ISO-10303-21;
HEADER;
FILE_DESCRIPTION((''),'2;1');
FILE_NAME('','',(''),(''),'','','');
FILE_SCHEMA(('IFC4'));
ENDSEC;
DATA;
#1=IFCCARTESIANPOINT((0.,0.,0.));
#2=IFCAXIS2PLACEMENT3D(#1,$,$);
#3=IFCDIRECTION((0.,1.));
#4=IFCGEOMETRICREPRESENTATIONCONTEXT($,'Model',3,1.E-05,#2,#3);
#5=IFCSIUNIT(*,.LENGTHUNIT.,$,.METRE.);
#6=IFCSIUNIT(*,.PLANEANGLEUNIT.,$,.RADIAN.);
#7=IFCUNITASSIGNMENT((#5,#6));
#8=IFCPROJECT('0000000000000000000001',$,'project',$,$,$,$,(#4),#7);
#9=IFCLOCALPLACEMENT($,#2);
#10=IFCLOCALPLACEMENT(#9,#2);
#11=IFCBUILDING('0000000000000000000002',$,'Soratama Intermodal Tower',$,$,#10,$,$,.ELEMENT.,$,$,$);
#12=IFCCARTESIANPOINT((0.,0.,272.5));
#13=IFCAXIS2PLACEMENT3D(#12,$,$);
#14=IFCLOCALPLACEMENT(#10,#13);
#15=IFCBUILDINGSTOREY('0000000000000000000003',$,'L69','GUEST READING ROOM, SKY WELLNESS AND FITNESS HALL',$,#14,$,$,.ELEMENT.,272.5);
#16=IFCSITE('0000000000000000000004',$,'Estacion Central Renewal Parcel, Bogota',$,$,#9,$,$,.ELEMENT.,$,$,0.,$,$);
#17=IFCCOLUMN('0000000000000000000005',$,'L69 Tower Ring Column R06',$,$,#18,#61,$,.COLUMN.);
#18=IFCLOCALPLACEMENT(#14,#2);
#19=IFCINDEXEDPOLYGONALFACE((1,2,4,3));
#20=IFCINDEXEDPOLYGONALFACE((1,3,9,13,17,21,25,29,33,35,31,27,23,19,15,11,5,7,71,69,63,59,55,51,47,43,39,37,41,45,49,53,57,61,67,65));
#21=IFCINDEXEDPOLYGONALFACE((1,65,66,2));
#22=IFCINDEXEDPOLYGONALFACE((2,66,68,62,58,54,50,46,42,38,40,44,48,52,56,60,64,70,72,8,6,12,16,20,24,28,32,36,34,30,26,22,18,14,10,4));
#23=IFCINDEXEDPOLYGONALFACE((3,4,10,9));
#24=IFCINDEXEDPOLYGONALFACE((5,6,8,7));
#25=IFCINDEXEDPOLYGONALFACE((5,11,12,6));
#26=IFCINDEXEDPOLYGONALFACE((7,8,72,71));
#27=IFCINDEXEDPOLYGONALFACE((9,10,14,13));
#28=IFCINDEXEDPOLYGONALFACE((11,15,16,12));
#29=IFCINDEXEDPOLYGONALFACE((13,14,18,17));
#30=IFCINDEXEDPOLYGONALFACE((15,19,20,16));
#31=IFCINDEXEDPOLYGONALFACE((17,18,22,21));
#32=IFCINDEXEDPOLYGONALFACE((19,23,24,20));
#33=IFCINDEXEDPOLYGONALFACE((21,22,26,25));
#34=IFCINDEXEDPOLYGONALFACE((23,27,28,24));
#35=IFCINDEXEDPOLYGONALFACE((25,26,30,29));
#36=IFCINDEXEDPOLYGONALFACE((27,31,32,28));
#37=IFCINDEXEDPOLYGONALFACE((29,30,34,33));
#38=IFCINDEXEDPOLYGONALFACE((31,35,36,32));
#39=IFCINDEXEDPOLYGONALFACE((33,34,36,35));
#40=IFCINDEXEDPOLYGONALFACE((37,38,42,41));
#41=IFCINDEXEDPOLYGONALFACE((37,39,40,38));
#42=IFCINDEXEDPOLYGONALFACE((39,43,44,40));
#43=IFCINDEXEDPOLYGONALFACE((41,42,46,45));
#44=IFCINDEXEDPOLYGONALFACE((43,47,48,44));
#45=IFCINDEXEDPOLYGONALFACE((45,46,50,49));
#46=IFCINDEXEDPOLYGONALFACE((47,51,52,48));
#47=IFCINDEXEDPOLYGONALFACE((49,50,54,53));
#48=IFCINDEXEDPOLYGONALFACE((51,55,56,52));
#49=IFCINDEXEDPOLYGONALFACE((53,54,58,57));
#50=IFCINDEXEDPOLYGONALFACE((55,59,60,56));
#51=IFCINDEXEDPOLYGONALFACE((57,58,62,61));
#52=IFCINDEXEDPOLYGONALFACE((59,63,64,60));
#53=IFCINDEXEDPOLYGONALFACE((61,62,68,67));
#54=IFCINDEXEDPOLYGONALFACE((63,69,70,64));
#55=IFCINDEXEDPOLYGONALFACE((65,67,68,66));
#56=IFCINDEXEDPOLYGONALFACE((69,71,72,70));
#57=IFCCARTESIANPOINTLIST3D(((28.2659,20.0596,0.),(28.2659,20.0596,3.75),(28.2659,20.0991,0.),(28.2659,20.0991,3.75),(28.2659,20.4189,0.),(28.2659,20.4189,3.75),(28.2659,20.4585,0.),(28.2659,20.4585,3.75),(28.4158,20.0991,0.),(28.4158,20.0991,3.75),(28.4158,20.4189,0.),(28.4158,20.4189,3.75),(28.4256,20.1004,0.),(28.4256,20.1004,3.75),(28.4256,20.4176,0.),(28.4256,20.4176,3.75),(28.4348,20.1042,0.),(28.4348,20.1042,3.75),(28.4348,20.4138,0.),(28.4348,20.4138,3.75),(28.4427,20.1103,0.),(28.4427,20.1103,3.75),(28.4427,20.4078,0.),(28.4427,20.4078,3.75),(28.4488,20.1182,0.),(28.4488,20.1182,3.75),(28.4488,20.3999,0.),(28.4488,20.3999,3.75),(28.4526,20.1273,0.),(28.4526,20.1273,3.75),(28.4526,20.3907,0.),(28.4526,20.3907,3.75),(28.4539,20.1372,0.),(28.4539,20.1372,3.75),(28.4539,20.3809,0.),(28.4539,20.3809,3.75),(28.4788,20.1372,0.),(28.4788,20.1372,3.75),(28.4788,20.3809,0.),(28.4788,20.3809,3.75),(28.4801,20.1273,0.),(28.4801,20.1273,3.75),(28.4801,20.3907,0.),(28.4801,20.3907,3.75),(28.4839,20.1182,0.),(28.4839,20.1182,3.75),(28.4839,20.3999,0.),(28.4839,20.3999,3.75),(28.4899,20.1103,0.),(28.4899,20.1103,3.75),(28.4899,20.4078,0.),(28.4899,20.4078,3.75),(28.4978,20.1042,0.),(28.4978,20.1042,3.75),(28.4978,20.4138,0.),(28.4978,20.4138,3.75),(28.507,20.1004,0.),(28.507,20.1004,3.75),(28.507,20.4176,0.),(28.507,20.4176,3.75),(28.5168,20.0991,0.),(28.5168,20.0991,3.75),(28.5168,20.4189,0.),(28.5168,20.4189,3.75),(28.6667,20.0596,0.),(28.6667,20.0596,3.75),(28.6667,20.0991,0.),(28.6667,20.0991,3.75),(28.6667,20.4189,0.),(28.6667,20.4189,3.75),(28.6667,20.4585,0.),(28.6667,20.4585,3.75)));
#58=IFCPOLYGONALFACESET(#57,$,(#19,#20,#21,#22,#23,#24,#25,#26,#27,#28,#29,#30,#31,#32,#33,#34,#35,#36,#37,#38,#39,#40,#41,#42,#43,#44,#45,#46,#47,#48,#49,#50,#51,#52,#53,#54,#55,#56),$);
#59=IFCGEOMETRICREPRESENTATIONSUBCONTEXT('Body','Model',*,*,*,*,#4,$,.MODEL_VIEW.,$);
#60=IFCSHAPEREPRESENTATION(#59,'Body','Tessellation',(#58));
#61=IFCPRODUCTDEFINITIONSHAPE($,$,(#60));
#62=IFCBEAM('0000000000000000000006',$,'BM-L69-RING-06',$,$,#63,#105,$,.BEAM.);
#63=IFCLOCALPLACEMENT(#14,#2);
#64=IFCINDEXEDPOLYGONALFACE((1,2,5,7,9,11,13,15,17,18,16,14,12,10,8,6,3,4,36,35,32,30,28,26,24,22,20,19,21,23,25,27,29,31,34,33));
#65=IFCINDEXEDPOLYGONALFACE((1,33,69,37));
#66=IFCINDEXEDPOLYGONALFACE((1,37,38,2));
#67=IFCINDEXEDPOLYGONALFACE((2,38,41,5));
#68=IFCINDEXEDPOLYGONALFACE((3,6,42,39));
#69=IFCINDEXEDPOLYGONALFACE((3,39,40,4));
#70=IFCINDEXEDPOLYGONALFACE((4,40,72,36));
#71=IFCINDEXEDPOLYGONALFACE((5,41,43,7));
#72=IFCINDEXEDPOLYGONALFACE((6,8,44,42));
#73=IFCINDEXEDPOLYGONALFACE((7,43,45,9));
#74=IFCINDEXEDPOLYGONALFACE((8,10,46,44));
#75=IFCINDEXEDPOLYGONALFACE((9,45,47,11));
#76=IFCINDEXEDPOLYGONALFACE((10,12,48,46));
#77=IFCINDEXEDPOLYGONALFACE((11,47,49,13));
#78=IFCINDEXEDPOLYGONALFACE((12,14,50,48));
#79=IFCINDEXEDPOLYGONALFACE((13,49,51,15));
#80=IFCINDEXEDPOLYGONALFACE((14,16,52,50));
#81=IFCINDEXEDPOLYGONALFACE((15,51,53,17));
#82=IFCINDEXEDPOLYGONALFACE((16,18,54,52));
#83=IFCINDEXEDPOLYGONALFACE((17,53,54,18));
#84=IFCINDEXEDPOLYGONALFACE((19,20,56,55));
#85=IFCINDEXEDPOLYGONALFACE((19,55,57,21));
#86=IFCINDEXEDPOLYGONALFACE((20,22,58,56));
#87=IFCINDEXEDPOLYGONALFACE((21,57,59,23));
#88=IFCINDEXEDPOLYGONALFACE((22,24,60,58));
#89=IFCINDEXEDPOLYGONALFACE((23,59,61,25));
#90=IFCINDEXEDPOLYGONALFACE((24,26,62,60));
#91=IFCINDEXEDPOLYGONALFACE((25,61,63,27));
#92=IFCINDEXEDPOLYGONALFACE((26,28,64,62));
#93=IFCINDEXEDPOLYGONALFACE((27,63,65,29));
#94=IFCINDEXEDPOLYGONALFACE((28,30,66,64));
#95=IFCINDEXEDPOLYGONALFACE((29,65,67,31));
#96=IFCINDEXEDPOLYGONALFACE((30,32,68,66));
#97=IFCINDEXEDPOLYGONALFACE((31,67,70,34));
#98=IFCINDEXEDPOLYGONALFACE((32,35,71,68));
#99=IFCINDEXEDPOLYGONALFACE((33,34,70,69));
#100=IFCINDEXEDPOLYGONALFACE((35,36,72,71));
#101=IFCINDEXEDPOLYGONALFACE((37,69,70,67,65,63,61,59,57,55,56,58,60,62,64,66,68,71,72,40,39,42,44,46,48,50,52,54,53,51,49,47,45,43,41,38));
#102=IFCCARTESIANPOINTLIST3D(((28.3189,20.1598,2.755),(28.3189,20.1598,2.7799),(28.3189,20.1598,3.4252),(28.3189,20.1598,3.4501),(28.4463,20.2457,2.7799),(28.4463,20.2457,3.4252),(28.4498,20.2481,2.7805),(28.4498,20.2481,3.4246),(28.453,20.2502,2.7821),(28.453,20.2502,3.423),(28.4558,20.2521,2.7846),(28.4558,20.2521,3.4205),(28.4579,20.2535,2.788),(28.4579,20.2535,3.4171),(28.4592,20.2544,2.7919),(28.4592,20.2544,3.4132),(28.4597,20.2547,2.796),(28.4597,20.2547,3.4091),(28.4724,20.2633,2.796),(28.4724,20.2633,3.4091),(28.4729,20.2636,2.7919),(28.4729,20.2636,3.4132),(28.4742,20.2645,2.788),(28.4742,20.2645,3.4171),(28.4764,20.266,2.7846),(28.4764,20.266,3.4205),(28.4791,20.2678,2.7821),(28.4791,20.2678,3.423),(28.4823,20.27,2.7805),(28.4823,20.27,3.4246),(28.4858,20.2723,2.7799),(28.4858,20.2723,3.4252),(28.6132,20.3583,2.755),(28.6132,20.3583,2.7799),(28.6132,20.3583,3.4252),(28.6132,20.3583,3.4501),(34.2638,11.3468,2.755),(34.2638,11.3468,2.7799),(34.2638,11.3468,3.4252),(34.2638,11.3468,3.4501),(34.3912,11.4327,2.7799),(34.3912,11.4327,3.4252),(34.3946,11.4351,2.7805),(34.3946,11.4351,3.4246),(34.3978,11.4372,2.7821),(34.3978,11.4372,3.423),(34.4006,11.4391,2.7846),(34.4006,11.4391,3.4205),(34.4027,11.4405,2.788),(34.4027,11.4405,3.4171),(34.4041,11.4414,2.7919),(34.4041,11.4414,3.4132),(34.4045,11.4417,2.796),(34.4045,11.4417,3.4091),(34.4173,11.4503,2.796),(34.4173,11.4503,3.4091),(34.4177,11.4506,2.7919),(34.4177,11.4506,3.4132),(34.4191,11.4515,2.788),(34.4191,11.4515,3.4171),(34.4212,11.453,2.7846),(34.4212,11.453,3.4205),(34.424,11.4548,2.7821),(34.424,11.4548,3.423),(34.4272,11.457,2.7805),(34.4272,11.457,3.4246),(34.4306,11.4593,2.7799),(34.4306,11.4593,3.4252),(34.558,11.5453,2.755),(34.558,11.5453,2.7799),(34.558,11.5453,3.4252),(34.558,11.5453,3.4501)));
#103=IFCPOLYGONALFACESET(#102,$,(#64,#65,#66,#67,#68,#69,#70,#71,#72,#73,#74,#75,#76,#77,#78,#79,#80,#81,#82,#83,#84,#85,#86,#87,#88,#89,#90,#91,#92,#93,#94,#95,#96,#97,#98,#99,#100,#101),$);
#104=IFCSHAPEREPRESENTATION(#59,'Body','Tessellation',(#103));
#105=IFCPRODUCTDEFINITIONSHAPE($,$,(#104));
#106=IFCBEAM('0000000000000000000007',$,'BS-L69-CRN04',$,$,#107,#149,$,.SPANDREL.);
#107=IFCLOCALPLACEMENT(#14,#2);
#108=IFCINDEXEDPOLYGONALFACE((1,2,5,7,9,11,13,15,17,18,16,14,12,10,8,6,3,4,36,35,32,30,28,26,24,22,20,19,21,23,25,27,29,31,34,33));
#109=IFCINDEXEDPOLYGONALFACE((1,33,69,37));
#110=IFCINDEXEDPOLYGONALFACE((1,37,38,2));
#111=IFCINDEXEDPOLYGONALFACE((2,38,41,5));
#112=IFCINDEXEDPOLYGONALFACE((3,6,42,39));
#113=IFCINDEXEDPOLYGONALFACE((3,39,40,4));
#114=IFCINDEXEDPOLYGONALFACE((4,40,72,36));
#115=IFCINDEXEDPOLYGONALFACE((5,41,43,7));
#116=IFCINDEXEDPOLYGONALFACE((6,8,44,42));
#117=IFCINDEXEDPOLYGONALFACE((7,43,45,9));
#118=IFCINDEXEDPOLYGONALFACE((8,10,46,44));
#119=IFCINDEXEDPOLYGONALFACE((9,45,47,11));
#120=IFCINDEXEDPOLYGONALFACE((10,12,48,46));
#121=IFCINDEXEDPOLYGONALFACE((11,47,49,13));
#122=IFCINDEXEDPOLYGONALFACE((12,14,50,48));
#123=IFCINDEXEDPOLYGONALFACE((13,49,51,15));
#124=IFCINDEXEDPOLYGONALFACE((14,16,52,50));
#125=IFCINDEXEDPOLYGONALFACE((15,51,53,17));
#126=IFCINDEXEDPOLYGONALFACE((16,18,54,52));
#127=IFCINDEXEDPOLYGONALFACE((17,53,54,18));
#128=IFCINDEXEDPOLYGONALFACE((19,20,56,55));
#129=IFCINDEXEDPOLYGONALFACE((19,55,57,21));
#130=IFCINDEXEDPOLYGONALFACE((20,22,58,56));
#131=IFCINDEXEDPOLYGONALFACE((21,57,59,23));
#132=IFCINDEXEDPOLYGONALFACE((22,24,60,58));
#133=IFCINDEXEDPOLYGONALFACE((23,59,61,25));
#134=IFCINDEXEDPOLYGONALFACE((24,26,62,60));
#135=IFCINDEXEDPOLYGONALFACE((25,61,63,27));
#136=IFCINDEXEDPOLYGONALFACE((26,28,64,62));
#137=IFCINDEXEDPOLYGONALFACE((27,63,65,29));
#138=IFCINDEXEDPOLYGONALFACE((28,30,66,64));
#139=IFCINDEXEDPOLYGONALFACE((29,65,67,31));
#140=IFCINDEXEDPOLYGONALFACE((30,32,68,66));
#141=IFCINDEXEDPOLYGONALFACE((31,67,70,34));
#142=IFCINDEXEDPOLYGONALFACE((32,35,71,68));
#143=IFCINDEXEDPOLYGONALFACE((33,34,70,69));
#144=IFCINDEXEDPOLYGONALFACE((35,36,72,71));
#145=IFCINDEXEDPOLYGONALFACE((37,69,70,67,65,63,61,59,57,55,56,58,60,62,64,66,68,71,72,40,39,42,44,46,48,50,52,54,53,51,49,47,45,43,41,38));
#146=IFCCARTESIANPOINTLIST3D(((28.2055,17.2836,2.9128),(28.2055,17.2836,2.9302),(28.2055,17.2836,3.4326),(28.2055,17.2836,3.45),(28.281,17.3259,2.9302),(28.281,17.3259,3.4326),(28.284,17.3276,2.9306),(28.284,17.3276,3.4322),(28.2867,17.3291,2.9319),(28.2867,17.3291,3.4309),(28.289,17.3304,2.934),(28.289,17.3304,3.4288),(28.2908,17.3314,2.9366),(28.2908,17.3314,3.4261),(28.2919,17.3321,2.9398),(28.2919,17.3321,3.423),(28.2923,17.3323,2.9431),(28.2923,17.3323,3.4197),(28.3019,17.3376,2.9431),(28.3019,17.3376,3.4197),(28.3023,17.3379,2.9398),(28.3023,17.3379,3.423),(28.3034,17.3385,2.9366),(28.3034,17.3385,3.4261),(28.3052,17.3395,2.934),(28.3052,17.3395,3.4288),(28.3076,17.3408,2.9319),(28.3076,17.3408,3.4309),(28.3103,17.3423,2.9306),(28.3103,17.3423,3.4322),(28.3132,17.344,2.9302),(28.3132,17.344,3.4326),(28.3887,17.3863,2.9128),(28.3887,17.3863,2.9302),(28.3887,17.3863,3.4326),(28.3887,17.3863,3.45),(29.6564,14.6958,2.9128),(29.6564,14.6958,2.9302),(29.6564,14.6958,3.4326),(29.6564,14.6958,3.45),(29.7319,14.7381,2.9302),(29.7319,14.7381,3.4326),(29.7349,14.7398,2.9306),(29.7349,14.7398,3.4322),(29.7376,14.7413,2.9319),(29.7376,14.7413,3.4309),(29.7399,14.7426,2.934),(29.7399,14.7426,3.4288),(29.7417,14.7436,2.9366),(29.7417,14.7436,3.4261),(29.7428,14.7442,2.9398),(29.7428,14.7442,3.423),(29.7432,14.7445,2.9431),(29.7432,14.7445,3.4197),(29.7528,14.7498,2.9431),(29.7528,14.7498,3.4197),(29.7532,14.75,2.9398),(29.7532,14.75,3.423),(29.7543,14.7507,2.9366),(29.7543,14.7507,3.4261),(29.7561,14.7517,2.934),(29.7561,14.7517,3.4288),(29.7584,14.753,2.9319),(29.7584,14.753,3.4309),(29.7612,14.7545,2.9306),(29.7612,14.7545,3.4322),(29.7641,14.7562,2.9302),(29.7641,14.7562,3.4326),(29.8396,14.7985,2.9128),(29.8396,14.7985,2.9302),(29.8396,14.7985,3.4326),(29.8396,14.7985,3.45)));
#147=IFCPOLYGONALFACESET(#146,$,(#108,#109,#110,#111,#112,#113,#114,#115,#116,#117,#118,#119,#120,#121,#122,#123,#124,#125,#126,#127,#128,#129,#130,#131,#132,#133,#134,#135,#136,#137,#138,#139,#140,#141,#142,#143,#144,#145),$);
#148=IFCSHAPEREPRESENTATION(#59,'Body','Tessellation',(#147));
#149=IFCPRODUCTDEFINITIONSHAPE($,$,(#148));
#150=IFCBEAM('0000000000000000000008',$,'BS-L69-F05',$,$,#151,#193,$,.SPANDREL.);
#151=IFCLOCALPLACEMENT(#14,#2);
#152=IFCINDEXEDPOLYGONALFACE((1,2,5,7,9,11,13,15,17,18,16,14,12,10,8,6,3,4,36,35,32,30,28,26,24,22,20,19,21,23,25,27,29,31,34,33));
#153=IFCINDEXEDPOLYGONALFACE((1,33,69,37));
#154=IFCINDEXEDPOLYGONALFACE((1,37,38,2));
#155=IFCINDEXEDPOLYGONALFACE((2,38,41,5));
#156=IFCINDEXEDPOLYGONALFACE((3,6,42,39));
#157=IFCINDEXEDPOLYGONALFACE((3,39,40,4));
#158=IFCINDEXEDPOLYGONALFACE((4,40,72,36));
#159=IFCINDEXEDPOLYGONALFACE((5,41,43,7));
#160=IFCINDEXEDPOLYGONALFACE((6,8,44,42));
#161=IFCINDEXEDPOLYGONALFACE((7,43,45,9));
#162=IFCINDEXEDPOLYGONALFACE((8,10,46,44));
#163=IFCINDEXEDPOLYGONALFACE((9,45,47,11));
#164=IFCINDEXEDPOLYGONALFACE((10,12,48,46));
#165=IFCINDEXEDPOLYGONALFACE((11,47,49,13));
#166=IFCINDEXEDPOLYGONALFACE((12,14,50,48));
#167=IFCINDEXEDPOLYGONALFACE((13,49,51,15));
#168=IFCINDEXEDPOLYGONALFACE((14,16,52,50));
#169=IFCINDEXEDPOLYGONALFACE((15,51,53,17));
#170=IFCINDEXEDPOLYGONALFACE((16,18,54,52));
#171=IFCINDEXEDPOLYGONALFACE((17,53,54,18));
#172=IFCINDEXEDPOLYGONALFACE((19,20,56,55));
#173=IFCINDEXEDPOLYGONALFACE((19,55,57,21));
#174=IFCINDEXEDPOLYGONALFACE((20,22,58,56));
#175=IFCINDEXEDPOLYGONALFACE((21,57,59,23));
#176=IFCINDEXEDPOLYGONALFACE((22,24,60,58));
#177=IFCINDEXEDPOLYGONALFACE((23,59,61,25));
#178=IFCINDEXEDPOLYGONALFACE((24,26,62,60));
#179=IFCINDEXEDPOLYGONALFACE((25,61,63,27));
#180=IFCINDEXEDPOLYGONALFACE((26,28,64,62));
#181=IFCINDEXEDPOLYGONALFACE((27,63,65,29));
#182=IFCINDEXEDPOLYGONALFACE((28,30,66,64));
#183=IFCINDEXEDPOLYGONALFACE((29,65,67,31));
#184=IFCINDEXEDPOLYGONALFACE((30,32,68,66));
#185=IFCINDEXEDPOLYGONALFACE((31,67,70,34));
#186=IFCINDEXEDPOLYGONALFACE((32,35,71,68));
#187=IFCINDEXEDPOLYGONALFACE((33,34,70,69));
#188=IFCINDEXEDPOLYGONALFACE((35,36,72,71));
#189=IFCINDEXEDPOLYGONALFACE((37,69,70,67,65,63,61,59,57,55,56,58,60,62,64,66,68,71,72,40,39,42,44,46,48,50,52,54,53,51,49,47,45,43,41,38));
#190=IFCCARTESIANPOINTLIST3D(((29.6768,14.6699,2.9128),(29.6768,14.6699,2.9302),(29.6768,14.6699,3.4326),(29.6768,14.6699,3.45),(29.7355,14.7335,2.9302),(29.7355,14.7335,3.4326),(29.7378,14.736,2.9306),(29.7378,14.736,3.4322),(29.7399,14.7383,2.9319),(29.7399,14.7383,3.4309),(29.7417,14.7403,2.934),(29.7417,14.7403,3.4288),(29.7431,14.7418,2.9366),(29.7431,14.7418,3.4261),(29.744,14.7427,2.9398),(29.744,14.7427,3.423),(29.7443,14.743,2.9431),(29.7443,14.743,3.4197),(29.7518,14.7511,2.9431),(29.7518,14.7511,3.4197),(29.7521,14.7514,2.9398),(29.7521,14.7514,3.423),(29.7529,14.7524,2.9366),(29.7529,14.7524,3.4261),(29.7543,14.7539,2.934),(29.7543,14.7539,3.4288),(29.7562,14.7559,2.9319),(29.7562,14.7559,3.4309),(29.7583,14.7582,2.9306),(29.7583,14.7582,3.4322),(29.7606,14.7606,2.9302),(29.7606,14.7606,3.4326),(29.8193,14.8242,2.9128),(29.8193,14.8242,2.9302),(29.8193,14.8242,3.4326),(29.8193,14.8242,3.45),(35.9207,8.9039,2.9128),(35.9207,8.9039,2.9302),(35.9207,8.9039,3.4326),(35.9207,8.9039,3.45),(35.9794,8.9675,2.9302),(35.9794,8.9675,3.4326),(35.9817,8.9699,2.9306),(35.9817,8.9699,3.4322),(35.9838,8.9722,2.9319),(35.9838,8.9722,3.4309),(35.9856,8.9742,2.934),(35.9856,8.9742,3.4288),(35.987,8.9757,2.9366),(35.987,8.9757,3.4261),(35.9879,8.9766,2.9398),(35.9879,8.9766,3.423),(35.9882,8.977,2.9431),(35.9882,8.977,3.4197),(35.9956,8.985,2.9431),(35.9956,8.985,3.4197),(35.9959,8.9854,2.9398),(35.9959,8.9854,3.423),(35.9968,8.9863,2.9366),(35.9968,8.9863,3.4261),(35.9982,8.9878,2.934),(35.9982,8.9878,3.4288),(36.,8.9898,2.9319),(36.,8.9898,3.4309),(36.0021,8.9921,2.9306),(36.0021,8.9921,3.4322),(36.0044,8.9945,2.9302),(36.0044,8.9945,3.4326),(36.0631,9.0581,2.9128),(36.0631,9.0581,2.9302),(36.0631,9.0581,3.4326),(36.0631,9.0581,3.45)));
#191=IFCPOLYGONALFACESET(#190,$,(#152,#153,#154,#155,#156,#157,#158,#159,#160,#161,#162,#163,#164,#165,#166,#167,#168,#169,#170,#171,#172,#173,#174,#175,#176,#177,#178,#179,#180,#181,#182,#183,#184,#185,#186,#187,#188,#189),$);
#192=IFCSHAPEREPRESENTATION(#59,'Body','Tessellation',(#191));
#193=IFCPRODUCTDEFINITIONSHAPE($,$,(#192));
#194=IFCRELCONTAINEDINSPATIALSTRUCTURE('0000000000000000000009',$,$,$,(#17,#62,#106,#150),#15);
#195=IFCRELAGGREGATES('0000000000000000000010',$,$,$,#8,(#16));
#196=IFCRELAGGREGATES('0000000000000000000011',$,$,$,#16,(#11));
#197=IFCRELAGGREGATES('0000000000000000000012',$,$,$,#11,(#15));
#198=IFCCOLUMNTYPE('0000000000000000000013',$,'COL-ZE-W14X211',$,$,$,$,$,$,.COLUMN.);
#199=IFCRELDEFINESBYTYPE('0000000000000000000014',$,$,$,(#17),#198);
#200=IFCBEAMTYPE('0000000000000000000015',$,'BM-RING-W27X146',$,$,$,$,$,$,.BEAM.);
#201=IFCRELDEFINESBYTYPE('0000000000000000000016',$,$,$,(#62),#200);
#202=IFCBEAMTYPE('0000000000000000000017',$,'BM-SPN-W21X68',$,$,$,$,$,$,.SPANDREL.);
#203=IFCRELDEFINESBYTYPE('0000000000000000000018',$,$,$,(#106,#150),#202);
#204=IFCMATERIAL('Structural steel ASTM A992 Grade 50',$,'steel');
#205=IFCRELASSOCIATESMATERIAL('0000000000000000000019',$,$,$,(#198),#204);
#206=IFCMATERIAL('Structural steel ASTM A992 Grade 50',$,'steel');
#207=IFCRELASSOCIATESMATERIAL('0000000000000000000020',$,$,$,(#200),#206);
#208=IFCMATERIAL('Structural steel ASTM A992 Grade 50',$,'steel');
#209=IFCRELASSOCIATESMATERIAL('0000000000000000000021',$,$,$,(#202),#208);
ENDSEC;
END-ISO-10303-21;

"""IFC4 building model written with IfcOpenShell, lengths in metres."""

from ifc_helpers import new_model, si_unit, direction, frame, origin, origin_2d, place, context, subcontext, project, spatial, i_section, extrude, material, material_profile, profile_set, type_object, element, save


model = new_model("IFC4")

# Units and contexts
model_context = context("Model", 3, precision=1e-05, world=origin(), true_north=direction((0.0, 1.0)))
body_context = subcontext(model_context, "Body", "Model", "MODEL_VIEW")
ifc_project = project(units=[si_unit("LENGTHUNIT", "METRE"), si_unit("PLANEANGLEUNIT", "RADIAN")], contexts=[model_context])

# Site, building, storey
site_placement = place(None, origin())
site = spatial("IfcSite", under=ifc_project, at=site_placement, Name="Estacion Central Renewal Parcel, Bogota", CompositionType="ELEMENT", RefElevation=0.0)
building_placement = place(site_placement, origin())
building = spatial("IfcBuilding", under=site, at=building_placement, Name="Soratama Intermodal Tower", CompositionType="ELEMENT")
storey_placement = place(building_placement, frame((0.0, 0.0, 272.5)))
storey = spatial("IfcBuildingStorey", under=building, at=storey_placement, Name="L69", Description="GUEST READING ROOM, SKY WELLNESS AND FITNESS HALL", CompositionType="ELEMENT", Elevation=272.5)

# Column
ifc_material_1 = material(Name="Structural steel ASTM A992 Grade 50", Category="steel")
ifc_material_profile_1 = material_profile(ifc_material_1, i_section(OverallWidth=0.4009, OverallDepth=0.3989, WebThickness=0.0249, FlangeThickness=0.0396, FilletRadius=0.0381, at=origin_2d()), Name="W14X211")
ifc_profile_set_1 = profile_set([ifc_material_profile_1], Name="Structural steel ASTM A992 Grade 50")
column_type = type_object("IfcColumnType", Name="COL-ZE-W14X211", PredefinedType="COLUMN", material=ifc_profile_set_1)
column_placement = place(storey_placement, frame((28.4663, 20.259, 0.0), z_axis=(0.0, 0.0, 1.0), x_axis=(1.0, 0.0, 0.0)))
element("IfcColumn", 1, at=column_placement, inside=storey, type_object=column_type, Name="L69 Tower Ring Column R06", PredefinedType="COLUMN", context=body_context, shape_type="SweptSolid", body=[
    extrude(i_section(OverallWidth=0.4009, OverallDepth=0.3989, WebThickness=0.0249, FlangeThickness=0.0396, FilletRadius=0.0381, at=origin_2d()), origin(), (0.0, 0.0, 1.0), 3.75),
])

# Beams
ifc_material_2 = material(Name="Structural steel ASTM A992 Grade 50", Category="steel")
ifc_material_profile_2 = material_profile(ifc_material_2, i_section(OverallWidth=0.355, OverallDepth=0.6951, WebThickness=0.0154, FlangeThickness=0.0249, FilletRadius=0.0161, at=origin_2d()), Name="W27X146")
ifc_profile_set_2 = profile_set([ifc_material_profile_2], Name="Structural steel ASTM A992 Grade 50")
beam_type_1 = type_object("IfcBeamType", Name="BM-RING-W27X146", PredefinedType="BEAM", material=ifc_profile_set_2)
beam_1_placement = place(storey_placement, frame((28.4661, 20.259, 3.1025), z_axis=(0.559218, -0.829021, 0.0), x_axis=(0.829021, 0.559218, 0.0)))
element("IfcBeam", 2, at=beam_1_placement, inside=storey, type_object=beam_type_1, Name="BM-L69-RING-06", PredefinedType="BEAM", context=body_context, shape_type="SweptSolid", body=[
    extrude(i_section(OverallWidth=0.355, OverallDepth=0.6951, WebThickness=0.0154, FlangeThickness=0.0249, FilletRadius=0.0161, at=origin_2d()), origin(), (0.0, 0.0, 1.0), 10.6306),
])
ifc_material_3 = material(Name="Structural steel ASTM A992 Grade 50", Category="steel")
ifc_material_profile_3 = material_profile(ifc_material_3, i_section(OverallWidth=0.21, OverallDepth=0.5371, WebThickness=0.011, FlangeThickness=0.0173, FilletRadius=0.0129, at=origin_2d()), Name="W21X68")
ifc_profile_set_3 = profile_set([ifc_material_profile_3], Name="Structural steel ASTM A992 Grade 50")
beam_type_2 = type_object("IfcBeamType", Name="BM-SPN-W21X68", PredefinedType="SPANDREL", material=ifc_profile_set_3)
beam_2_placement = place(storey_placement, frame((28.2971, 17.335, 3.1814), z_axis=(0.489042, -0.87226, 0.0), x_axis=(0.87226, 0.489042, 0.0)))
element("IfcBeam", 3, at=beam_2_placement, inside=storey, type_object=beam_type_2, Name="BS-L69-CRN04", PredefinedType="SPANDREL", context=body_context, shape_type="SweptSolid", body=[
    extrude(i_section(OverallWidth=0.21, OverallDepth=0.5371, WebThickness=0.011, FlangeThickness=0.0173, FilletRadius=0.0129, at=origin_2d()), origin(), (0.0, 0.0, 1.0), 2.9668),
])
beam_3_placement = place(storey_placement, frame((29.748, 14.7471, 3.1814), z_axis=(0.734656, -0.67844, 0.0), x_axis=(0.67844, 0.734656, 0.0)))
element("IfcBeam", 4, at=beam_3_placement, inside=storey, type_object=beam_type_2, Name="BS-L69-F05", PredefinedType="SPANDREL", context=body_context, shape_type="SweptSolid", body=[
    extrude(i_section(OverallWidth=0.21, OverallDepth=0.5371, WebThickness=0.011, FlangeThickness=0.0173, FilletRadius=0.0129, at=origin_2d()), origin(), (0.0, 0.0, 1.0), 8.499),
])

save(model, "model.ifc")
